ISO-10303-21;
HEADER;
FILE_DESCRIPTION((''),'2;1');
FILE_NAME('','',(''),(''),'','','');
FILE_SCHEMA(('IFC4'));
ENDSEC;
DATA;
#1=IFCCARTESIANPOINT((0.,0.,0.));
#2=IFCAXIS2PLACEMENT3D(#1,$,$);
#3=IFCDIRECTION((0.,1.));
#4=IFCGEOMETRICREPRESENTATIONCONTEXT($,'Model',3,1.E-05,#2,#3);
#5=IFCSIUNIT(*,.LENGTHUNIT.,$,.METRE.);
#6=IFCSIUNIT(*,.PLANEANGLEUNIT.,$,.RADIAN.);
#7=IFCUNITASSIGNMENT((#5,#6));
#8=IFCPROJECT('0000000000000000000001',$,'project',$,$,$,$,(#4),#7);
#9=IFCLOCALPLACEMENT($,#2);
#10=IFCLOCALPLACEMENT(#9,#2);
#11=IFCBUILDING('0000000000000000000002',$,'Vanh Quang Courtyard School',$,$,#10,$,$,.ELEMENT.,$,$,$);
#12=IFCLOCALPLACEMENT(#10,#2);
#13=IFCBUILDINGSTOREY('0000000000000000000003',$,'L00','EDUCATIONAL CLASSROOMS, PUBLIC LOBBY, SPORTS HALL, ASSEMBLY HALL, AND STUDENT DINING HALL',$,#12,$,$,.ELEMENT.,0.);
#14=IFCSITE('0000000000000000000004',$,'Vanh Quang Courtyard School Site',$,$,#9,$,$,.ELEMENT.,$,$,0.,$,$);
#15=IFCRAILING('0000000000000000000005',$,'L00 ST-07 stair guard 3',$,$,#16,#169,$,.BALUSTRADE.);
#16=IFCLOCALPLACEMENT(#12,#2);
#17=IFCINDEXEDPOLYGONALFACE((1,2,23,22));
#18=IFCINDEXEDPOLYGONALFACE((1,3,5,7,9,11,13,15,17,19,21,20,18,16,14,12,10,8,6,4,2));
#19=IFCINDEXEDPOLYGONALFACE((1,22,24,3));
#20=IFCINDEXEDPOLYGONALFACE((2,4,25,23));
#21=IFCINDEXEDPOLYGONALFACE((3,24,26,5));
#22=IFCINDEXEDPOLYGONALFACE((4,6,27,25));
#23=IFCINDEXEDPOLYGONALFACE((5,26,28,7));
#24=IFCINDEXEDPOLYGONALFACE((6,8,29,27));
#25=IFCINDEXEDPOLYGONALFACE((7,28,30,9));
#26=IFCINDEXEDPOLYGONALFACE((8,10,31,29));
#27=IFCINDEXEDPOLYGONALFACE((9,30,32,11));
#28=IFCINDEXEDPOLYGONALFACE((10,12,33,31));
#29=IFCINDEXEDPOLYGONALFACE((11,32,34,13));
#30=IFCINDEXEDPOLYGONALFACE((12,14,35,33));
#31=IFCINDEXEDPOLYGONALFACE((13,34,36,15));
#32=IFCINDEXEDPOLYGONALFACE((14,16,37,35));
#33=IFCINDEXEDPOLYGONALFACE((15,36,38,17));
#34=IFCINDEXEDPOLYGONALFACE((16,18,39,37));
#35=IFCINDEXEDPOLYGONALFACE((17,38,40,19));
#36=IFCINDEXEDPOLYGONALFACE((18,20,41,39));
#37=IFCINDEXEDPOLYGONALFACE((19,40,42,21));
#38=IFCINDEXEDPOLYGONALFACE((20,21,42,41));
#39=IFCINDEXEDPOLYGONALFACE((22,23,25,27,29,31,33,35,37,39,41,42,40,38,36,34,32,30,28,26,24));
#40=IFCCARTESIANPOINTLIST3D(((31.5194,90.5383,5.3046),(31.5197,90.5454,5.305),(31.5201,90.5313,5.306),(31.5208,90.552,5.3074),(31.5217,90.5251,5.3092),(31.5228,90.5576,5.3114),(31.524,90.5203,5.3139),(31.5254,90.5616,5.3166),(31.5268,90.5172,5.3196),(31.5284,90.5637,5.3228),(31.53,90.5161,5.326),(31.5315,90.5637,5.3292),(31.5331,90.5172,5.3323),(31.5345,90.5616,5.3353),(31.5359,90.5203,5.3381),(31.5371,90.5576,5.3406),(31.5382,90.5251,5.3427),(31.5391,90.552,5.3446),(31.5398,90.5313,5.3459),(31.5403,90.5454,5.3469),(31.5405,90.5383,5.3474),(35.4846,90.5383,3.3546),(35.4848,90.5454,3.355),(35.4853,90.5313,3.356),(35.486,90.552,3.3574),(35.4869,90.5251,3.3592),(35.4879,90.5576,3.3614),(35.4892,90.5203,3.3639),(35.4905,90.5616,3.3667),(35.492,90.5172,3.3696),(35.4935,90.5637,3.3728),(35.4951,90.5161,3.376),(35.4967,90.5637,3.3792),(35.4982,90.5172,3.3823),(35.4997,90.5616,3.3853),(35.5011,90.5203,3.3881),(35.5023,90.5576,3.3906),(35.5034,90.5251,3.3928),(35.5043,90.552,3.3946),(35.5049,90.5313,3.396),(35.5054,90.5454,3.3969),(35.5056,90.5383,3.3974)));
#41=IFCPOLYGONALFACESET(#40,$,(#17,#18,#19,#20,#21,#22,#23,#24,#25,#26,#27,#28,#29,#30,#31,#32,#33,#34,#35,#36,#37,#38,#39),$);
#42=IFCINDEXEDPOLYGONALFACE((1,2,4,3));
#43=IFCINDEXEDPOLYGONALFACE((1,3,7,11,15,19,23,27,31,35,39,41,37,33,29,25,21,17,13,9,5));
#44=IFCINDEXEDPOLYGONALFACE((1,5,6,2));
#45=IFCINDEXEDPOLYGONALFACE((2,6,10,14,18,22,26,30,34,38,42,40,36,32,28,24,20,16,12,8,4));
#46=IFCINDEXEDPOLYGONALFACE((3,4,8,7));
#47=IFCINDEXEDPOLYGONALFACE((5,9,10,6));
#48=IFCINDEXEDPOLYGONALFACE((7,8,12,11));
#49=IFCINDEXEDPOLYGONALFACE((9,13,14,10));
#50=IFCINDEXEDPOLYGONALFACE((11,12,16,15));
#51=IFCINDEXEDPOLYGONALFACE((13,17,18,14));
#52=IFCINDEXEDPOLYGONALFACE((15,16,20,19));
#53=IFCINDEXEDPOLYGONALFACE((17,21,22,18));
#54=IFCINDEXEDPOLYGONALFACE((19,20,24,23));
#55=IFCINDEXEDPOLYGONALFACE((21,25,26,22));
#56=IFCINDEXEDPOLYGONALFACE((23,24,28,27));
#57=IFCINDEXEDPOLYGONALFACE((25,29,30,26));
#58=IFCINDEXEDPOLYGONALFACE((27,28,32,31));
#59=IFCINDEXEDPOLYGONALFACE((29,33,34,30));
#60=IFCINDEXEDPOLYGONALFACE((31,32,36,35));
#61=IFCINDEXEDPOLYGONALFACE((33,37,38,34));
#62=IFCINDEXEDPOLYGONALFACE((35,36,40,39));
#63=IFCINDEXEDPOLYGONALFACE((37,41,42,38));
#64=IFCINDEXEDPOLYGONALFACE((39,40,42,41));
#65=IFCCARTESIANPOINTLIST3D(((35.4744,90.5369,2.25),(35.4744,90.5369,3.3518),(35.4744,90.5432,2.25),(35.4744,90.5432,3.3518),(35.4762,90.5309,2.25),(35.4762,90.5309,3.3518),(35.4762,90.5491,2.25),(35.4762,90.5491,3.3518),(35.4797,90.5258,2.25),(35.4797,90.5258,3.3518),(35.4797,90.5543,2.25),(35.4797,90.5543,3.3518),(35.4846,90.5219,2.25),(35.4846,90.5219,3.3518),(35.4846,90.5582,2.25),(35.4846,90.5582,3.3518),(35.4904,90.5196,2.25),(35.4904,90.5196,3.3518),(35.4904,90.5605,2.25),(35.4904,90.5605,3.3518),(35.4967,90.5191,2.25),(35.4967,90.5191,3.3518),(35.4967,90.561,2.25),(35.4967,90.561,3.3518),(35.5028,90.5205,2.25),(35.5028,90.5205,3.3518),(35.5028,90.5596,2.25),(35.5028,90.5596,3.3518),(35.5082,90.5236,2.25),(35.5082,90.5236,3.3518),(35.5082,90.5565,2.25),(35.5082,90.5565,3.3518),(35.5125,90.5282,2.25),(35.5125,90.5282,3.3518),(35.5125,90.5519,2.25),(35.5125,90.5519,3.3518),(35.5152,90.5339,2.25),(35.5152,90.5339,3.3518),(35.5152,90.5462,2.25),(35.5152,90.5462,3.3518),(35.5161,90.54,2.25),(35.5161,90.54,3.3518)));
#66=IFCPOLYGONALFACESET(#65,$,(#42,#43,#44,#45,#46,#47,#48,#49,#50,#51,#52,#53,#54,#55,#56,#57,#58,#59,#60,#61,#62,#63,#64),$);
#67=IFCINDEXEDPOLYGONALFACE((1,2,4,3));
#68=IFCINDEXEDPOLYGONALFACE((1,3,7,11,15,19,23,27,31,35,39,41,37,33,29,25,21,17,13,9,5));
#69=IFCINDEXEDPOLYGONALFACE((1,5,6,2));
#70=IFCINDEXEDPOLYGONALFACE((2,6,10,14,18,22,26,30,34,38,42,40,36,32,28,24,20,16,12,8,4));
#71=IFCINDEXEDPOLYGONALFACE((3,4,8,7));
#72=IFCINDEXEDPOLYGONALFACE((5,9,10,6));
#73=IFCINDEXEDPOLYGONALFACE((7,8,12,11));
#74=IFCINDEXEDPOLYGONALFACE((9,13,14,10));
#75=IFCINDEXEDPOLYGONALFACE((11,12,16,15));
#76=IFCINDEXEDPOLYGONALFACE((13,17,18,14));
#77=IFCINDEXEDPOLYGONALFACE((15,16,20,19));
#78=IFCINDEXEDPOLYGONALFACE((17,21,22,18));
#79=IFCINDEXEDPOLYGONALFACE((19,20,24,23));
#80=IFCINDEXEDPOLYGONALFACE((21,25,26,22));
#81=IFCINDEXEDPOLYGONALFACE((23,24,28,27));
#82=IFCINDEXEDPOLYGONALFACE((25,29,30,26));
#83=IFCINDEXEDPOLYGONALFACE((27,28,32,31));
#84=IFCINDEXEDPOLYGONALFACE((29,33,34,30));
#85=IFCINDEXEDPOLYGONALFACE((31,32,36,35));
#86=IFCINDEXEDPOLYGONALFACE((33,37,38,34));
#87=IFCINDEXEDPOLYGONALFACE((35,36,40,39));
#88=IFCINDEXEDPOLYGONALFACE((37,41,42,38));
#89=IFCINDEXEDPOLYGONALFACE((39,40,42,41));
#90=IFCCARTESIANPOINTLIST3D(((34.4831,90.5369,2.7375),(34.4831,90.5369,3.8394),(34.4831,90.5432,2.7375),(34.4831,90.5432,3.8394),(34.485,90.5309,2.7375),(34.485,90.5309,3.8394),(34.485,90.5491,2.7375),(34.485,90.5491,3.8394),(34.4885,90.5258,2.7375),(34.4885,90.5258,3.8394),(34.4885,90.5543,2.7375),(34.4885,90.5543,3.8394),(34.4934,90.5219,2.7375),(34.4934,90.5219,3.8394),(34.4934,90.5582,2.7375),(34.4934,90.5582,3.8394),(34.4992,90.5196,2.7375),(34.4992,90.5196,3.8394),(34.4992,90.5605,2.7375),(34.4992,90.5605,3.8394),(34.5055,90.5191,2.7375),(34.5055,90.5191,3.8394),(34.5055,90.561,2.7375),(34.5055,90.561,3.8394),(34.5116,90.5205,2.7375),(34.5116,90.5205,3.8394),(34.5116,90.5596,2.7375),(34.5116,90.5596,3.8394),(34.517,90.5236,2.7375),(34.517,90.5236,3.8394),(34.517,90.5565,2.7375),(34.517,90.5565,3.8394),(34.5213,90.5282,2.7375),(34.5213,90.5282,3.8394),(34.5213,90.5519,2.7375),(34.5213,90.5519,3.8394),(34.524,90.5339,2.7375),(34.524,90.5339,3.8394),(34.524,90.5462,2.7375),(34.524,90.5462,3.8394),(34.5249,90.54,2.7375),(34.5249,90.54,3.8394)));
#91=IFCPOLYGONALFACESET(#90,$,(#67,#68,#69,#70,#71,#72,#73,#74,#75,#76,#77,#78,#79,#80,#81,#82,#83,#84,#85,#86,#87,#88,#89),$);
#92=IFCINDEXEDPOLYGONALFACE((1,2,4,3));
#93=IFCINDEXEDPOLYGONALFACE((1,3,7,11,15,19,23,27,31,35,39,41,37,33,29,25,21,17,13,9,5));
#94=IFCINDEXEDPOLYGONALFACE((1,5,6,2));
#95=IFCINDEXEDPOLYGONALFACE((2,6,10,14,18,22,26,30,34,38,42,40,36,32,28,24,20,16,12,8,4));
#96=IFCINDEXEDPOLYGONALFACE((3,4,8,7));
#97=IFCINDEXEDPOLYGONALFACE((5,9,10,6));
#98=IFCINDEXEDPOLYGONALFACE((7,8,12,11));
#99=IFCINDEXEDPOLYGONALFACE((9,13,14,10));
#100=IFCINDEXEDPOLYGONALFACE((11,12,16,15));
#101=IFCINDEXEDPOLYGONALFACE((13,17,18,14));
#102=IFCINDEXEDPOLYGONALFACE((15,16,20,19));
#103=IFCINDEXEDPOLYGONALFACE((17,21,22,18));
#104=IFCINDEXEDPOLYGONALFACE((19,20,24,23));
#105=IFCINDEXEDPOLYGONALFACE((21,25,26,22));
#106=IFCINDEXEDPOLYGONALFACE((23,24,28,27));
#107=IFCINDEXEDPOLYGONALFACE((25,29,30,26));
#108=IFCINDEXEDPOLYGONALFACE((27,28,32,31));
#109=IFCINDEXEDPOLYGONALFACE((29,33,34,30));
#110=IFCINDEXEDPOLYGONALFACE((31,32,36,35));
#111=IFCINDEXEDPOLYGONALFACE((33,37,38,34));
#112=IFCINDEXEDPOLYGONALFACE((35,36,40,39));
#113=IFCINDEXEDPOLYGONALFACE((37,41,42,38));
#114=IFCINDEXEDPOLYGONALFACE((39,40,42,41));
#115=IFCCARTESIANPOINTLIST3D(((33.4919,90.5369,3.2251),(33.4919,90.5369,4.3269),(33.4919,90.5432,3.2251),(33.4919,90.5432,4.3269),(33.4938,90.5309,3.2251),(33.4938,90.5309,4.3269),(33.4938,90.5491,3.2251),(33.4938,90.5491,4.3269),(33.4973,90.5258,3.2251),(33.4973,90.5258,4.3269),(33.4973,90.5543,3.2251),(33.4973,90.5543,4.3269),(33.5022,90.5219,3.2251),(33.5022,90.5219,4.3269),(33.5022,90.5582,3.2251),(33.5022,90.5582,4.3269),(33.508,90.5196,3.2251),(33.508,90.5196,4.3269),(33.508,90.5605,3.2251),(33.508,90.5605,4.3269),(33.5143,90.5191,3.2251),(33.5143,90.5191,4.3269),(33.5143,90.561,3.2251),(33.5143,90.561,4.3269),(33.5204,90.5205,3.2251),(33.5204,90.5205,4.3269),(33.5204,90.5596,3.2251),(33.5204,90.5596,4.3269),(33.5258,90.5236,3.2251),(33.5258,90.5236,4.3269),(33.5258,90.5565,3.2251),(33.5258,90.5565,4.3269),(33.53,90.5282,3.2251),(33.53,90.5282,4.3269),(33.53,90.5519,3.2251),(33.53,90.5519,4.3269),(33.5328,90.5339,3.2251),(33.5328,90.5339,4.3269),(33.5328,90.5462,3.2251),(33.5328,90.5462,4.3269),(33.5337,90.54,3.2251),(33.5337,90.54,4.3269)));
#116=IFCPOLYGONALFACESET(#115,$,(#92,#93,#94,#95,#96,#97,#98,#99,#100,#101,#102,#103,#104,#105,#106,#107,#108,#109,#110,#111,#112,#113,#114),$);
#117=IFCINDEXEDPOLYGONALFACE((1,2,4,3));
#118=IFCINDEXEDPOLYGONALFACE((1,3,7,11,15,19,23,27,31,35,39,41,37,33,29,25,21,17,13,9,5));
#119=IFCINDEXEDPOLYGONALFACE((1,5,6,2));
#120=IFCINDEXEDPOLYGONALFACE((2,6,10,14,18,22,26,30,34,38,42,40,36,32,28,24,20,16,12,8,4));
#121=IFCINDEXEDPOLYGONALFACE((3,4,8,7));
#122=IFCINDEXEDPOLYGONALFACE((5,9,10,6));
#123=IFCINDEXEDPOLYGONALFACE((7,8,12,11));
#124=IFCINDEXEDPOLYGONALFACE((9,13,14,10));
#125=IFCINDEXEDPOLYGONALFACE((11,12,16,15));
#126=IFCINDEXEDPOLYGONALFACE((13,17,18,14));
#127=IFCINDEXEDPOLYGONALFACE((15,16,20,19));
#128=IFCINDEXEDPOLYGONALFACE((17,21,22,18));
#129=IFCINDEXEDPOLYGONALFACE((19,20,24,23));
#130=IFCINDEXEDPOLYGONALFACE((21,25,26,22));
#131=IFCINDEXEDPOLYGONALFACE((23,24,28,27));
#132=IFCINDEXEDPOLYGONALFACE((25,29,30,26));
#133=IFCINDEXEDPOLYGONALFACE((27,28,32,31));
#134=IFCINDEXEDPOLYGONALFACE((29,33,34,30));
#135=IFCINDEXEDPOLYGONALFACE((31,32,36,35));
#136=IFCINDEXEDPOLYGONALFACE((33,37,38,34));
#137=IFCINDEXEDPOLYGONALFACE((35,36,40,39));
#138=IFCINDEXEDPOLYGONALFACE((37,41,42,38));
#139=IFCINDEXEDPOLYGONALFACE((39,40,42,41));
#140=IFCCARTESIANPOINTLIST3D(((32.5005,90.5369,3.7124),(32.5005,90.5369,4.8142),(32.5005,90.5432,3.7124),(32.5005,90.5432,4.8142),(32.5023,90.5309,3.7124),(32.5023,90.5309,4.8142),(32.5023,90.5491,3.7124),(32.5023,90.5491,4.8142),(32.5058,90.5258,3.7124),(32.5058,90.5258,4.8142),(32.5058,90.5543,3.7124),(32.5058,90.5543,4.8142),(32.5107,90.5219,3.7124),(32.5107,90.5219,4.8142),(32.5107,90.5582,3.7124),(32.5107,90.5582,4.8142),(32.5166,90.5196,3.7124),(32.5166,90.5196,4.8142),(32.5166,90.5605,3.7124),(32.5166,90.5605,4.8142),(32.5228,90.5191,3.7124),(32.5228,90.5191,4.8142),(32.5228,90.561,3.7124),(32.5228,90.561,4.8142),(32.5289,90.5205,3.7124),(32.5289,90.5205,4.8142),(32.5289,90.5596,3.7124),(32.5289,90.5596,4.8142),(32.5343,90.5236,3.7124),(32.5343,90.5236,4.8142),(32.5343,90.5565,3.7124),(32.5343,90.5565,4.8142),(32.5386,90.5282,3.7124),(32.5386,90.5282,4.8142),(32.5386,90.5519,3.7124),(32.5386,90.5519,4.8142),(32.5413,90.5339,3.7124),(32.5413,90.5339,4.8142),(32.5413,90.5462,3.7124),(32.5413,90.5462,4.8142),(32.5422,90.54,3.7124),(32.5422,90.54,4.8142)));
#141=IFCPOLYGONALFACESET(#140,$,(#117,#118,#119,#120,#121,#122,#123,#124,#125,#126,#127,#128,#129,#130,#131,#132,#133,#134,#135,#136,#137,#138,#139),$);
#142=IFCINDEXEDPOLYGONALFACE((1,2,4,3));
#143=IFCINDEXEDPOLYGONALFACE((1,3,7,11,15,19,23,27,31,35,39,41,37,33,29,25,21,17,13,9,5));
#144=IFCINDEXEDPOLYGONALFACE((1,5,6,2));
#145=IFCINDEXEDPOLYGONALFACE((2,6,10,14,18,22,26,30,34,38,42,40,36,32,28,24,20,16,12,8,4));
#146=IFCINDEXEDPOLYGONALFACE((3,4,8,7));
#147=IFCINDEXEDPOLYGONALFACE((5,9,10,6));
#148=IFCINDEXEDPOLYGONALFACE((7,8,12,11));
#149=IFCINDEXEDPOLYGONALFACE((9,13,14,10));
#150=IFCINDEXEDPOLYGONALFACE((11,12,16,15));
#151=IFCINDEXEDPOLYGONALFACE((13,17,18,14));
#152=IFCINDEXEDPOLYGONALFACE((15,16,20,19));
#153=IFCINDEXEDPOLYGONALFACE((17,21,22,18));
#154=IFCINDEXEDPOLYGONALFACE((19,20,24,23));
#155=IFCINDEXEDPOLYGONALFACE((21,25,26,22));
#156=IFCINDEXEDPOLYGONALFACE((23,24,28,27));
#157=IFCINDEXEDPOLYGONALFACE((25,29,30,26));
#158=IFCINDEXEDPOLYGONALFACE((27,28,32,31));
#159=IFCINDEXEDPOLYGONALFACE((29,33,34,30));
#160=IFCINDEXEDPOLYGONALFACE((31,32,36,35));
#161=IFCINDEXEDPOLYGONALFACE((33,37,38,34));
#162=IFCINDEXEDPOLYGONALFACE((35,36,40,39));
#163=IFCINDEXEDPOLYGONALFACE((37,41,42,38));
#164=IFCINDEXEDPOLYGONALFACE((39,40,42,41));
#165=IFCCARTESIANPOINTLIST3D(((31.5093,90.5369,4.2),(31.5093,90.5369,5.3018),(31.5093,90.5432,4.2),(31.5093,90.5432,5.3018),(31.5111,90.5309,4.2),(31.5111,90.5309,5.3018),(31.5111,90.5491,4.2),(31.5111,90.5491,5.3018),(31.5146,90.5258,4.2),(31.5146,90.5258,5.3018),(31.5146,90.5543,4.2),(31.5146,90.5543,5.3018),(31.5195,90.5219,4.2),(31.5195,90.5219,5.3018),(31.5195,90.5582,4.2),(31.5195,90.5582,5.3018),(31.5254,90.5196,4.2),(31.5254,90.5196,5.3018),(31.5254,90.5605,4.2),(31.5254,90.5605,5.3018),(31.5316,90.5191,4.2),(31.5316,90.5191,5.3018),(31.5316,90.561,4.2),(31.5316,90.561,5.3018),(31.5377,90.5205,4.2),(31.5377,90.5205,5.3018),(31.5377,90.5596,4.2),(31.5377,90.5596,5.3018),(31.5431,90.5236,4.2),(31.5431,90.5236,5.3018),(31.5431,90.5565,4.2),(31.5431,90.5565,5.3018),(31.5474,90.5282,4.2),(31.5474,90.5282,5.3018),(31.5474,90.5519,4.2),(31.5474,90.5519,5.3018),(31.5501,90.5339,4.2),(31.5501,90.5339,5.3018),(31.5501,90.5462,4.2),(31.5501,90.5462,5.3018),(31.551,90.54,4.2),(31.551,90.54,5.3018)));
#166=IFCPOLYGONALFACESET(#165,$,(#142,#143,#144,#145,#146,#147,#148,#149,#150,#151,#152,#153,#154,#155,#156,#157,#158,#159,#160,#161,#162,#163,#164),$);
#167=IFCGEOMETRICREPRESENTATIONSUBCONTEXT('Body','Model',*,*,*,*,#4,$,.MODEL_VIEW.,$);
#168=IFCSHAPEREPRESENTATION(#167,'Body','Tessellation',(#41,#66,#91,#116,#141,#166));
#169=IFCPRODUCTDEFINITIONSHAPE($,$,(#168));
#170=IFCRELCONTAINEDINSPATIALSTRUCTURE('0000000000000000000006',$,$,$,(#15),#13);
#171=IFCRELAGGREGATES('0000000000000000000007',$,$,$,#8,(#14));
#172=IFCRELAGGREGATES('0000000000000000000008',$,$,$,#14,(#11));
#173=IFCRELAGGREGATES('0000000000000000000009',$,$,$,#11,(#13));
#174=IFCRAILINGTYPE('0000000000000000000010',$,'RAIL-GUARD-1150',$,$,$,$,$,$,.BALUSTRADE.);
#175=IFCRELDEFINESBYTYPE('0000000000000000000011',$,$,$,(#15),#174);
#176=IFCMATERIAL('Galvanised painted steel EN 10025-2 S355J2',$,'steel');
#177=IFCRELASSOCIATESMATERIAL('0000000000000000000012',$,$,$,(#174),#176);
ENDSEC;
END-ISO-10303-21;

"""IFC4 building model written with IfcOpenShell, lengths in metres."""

from ifc_helpers import new_model, si_unit, direction, frame, origin, origin_2d, place, context, subcontext, project, spatial, circle, extrude, material, type_object, element, save


model = new_model("IFC4")

# Units and contexts
model_context = context("Model", 3, precision=1e-05, world=origin(), true_north=direction((0.0, 1.0)))
body_context = subcontext(model_context, "Body", "Model", "MODEL_VIEW")
ifc_project = project(units=[si_unit("LENGTHUNIT", "METRE"), si_unit("PLANEANGLEUNIT", "RADIAN")], contexts=[model_context])

# Site, building, storey
site_placement = place(None, origin())
site = spatial("IfcSite", under=ifc_project, at=site_placement, Name="Vanh Quang Courtyard School Site", CompositionType="ELEMENT", RefElevation=0.0)
building_placement = place(site_placement, origin())
building = spatial("IfcBuilding", under=site, at=building_placement, Name="Vanh Quang Courtyard School", CompositionType="ELEMENT")
storey_placement = place(building_placement, origin())
storey = spatial("IfcBuildingStorey", under=building, at=storey_placement, Name="L00", Description="EDUCATIONAL CLASSROOMS, PUBLIC LOBBY, SPORTS HALL, ASSEMBLY HALL, AND STUDENT DINING HALL", CompositionType="ELEMENT", Elevation=0.0)

# Railing
ifc_material_1 = material(Name="Galvanised painted steel EN 10025-2 S355J2", Category="steel")
railing_type_1 = type_object("IfcRailingType", Name="RAIL-GUARD-1150", PredefinedType="BALUSTRADE", material=ifc_material_1)
railing_1_placement = place(storey_placement, frame((35.4951, 90.54, 2.25)))
element("IfcRailing", 1, at=railing_1_placement, inside=storey, type_object=railing_type_1, Name="L00 ST-07 stair guard 3", PredefinedType="BALUSTRADE", context=body_context, shape_type="SweptSolid", body=[
    extrude(circle(Radius=0.0239, at=origin_2d()), frame((0.0, 0.0, 1.126), z_axis=(-0.897358, 0.0, 0.441303), x_axis=(0.0, -1.0, 0.0)), (0.0, 0.0, 1.0), 4.4187),
    extrude(circle(Radius=0.021, at=origin_2d()), origin(), (0.0, 0.0, 1.0), 1.1018),
    extrude(circle(Radius=0.021, at=origin_2d()), frame((-0.9912, 0.0, 0.4875)), (0.0, 0.0, 1.0), 1.1018),
    extrude(circle(Radius=0.021, at=origin_2d()), frame((-1.9824, 0.0, 0.9751)), (0.0, 0.0, 1.0), 1.1018),
    extrude(circle(Radius=0.021, at=origin_2d()), frame((-2.9739, 0.0, 1.4624)), (0.0, 0.0, 1.0), 1.1018),
    extrude(circle(Radius=0.021, at=origin_2d()), frame((-3.9651, 0.0, 1.95)), (0.0, 0.0, 1.0), 1.1018),
])

save(model, "model.ifc")
